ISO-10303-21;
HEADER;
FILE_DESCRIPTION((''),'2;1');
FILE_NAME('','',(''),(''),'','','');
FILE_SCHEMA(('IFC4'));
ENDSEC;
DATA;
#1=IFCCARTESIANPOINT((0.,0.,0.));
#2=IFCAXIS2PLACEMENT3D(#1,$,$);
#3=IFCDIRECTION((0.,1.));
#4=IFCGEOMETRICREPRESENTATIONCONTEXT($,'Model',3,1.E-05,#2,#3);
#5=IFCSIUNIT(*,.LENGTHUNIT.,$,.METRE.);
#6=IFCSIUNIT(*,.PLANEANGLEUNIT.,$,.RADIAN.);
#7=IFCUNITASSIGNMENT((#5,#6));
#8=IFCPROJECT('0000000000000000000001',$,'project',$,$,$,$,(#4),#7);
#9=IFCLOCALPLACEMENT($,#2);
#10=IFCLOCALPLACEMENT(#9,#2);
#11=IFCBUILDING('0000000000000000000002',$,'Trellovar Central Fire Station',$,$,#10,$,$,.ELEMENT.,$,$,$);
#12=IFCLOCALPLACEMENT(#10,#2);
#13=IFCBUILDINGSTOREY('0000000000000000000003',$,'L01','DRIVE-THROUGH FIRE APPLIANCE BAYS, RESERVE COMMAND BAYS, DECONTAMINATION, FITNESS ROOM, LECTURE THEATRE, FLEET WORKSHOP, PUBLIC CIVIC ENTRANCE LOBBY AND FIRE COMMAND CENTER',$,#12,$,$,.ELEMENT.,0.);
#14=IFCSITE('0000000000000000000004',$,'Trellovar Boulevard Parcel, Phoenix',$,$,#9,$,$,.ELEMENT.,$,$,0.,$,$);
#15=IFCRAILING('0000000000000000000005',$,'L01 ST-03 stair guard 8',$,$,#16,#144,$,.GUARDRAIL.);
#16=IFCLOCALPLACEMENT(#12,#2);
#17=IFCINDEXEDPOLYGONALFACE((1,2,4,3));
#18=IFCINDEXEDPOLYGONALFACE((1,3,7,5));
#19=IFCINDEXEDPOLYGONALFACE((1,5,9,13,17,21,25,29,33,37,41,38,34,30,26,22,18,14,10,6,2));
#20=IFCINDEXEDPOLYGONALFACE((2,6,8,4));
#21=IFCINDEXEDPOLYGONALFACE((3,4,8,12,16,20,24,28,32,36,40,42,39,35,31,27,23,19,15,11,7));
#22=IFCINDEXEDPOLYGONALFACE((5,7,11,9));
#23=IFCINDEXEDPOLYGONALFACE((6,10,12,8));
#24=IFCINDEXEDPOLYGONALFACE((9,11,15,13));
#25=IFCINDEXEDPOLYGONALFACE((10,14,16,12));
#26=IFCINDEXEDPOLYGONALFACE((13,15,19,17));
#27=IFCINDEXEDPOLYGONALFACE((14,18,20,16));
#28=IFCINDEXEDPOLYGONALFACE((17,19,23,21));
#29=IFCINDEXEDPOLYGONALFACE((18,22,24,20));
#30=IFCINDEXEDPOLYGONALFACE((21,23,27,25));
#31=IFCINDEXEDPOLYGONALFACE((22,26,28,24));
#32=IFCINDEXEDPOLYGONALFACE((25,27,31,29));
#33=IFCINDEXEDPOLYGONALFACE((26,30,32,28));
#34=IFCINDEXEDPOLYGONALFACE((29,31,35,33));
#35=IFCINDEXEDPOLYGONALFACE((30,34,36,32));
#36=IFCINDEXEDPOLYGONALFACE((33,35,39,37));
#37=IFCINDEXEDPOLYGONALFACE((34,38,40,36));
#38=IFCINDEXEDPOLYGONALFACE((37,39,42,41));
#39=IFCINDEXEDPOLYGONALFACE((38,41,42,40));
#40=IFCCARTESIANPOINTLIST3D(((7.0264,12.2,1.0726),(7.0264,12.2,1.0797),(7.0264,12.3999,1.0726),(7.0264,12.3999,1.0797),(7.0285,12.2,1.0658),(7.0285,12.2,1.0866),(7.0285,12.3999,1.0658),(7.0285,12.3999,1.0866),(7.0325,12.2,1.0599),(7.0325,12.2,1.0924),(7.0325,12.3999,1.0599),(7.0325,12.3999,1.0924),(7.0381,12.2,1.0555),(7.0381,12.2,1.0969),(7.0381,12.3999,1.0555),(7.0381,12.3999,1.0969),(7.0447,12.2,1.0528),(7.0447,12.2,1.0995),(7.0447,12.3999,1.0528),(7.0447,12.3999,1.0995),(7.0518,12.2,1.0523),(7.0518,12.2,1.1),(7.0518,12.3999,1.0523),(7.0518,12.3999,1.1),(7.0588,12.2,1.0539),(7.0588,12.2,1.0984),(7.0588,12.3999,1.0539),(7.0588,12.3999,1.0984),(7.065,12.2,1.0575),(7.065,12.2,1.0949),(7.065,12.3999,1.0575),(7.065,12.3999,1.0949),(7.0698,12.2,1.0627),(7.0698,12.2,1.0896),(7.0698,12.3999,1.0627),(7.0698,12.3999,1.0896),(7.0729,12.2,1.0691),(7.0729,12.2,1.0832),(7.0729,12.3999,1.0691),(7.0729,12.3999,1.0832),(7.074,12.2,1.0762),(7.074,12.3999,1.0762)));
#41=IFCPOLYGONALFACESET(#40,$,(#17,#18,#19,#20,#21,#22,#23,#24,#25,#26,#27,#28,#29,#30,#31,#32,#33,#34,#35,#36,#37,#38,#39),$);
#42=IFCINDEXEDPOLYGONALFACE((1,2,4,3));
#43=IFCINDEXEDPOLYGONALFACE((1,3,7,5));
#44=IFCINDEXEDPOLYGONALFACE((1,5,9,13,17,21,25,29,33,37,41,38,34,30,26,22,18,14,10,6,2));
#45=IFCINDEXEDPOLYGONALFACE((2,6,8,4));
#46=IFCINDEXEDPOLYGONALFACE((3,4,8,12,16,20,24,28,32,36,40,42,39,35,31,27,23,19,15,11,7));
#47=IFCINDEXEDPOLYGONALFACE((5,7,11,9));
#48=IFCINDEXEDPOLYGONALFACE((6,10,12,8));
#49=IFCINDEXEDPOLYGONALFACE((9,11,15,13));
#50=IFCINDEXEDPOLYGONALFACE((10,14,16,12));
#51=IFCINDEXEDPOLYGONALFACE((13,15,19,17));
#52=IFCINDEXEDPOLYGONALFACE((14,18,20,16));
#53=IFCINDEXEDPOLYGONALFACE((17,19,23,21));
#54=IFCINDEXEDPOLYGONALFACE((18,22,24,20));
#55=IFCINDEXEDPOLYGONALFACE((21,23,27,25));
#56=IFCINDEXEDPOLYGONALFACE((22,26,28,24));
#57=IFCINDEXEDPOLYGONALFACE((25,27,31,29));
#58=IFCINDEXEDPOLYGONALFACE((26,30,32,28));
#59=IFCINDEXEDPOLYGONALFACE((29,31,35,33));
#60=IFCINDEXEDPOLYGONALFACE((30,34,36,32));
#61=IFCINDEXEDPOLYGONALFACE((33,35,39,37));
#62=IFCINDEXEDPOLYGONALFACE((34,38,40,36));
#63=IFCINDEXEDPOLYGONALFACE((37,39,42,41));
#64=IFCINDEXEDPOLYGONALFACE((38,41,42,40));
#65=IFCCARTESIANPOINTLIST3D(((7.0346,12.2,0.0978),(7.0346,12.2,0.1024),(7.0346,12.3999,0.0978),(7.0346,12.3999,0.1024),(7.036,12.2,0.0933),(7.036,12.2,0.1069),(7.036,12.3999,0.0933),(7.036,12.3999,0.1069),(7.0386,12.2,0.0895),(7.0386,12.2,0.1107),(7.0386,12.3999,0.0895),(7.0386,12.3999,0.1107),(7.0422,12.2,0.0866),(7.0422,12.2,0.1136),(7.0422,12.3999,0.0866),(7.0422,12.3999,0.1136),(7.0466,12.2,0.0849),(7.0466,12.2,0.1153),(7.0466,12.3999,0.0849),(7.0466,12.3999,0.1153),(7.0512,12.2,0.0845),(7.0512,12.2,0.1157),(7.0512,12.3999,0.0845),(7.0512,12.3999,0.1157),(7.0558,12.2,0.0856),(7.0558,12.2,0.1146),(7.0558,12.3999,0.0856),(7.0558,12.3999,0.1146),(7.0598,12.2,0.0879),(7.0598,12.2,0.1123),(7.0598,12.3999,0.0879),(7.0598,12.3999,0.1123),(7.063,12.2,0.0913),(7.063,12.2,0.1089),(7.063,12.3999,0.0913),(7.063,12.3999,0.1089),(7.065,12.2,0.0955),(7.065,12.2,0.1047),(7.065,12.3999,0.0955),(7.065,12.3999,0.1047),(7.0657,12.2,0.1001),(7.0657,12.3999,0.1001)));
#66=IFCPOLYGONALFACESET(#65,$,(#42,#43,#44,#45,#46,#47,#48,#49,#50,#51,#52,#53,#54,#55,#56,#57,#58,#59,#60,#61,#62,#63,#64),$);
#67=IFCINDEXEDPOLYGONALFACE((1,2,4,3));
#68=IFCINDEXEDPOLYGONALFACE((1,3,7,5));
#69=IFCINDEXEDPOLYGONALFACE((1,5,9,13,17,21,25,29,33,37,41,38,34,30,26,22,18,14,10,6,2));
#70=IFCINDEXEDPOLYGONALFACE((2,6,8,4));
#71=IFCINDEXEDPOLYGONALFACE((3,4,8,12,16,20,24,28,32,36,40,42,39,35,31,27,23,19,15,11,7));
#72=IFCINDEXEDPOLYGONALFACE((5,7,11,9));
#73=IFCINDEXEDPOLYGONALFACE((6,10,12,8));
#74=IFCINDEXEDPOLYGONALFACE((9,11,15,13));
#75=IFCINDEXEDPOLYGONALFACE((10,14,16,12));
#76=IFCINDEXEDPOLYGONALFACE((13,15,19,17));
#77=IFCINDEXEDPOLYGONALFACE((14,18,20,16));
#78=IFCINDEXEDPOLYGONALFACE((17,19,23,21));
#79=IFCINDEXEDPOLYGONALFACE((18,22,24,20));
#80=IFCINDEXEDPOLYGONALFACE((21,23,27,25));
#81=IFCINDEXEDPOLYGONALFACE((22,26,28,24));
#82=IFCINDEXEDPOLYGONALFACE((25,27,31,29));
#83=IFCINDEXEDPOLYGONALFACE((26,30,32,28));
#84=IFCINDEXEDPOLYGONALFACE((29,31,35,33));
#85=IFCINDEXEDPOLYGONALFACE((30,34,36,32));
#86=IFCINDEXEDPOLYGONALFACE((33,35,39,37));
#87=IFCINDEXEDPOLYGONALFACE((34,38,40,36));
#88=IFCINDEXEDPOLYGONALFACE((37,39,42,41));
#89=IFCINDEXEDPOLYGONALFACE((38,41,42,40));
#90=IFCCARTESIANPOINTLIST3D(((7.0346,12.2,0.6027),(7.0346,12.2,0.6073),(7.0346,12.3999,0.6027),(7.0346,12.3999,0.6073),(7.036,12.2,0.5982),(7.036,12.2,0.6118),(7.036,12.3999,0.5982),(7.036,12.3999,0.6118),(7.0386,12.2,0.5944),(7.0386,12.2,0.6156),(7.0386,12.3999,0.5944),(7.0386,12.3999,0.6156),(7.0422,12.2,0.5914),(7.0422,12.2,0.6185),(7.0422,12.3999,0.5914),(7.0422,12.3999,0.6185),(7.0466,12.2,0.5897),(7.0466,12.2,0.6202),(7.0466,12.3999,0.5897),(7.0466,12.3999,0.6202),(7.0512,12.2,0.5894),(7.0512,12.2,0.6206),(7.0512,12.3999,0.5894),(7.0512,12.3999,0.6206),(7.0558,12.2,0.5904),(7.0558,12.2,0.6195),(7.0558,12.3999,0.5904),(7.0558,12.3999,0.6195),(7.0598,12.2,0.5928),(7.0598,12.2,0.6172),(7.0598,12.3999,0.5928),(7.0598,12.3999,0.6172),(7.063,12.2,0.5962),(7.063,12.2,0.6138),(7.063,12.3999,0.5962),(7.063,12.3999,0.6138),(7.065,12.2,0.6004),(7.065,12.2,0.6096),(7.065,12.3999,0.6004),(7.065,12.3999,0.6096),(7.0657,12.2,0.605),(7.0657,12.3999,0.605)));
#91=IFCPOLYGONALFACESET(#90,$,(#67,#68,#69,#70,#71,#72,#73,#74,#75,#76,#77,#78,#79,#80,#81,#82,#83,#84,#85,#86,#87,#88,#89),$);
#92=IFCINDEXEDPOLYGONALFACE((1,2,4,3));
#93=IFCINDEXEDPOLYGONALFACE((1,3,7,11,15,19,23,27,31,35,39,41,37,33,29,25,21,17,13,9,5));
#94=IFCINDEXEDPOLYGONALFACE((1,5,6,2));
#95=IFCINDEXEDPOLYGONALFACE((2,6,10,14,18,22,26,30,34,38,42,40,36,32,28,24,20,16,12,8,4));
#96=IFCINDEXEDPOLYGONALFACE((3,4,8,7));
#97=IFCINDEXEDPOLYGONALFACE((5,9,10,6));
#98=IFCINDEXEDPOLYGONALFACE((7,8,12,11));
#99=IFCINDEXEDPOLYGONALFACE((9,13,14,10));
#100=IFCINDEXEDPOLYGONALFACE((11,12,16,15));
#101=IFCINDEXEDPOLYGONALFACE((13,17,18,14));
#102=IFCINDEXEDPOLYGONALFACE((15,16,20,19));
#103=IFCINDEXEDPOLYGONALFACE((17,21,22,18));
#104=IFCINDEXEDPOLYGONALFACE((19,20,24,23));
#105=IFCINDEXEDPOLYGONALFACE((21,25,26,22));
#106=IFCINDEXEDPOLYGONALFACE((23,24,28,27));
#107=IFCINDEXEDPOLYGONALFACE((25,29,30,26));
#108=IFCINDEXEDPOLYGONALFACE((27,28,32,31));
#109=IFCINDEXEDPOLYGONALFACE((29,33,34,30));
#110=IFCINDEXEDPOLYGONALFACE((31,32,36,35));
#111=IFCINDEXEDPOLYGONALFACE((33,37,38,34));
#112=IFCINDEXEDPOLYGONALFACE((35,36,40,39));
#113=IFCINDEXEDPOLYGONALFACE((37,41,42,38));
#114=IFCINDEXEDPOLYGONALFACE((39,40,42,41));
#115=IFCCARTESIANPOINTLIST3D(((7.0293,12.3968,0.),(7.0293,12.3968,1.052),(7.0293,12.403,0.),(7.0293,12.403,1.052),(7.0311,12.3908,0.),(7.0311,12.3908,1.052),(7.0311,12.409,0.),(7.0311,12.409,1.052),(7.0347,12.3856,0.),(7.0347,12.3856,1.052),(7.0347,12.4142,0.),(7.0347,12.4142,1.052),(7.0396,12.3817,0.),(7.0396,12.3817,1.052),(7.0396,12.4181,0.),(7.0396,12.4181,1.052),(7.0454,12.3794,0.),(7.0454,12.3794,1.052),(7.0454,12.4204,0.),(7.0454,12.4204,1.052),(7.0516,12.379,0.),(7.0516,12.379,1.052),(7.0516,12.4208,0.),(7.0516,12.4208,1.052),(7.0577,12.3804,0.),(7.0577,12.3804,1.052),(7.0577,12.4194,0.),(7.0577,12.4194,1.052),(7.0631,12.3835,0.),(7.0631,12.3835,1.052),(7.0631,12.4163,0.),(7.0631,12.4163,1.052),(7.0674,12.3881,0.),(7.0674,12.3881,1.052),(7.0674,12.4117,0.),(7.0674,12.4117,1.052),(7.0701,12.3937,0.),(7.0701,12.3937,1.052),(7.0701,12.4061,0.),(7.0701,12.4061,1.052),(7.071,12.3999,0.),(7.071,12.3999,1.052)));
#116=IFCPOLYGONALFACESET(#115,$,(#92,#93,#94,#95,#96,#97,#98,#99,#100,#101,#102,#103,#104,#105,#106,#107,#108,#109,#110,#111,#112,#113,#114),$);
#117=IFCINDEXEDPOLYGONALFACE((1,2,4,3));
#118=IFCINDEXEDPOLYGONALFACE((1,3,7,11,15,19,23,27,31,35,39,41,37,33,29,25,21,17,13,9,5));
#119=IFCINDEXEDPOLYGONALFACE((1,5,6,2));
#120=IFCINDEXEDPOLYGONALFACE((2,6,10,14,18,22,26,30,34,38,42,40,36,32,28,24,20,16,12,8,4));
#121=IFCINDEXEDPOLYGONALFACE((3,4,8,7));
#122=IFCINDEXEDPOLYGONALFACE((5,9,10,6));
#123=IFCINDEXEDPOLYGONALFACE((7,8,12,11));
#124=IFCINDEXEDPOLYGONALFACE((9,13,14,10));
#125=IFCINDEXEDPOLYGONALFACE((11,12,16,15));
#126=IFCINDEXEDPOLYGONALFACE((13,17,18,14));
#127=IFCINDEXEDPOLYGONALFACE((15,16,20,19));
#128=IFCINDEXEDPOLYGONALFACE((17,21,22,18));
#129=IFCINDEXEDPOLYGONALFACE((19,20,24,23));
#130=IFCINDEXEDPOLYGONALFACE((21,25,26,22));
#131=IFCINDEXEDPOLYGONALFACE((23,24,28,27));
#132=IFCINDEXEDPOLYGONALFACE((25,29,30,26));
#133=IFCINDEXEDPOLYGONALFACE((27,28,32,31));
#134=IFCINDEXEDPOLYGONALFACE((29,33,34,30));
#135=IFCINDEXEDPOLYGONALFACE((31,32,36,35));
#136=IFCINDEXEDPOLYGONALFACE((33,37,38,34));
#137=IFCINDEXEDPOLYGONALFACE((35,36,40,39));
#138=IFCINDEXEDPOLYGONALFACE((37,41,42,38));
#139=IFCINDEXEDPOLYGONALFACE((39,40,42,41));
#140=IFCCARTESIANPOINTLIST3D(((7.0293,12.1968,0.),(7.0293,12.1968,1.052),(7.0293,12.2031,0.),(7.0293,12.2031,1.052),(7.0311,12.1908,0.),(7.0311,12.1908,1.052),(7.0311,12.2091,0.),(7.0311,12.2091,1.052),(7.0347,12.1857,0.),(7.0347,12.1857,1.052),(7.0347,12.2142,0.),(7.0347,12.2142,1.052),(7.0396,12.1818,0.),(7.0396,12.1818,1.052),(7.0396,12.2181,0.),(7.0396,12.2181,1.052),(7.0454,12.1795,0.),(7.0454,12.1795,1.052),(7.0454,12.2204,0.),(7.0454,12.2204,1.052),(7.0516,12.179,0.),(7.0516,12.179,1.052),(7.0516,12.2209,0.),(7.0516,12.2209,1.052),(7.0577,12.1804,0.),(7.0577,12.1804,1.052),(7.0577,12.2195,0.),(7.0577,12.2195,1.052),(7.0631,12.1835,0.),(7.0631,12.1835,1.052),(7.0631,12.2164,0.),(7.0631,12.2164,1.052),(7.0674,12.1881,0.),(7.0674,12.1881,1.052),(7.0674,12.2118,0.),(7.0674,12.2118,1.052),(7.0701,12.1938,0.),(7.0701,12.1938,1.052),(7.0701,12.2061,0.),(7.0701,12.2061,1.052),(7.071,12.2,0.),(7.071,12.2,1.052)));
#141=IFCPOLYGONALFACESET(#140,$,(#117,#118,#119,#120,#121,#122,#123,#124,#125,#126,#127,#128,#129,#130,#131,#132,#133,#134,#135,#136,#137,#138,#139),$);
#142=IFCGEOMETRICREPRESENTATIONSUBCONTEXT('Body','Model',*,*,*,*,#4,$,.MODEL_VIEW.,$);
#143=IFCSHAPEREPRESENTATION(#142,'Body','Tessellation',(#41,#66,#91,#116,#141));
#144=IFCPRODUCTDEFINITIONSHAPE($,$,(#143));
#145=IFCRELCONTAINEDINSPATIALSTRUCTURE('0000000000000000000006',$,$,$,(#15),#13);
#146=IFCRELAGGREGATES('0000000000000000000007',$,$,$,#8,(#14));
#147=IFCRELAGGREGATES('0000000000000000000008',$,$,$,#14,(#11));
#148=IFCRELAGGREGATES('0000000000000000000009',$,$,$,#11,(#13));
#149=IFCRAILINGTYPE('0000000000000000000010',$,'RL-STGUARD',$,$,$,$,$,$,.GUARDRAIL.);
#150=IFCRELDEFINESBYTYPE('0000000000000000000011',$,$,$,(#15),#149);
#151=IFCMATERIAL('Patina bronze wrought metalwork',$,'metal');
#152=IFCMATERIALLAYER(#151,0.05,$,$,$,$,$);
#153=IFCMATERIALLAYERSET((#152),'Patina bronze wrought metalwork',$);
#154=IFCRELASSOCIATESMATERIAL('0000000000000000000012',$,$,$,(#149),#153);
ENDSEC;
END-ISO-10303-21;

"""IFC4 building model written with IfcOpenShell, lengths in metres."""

from ifc_helpers import new_model, si_unit, direction, frame, origin, origin_2d, place, context, subcontext, project, spatial, circle, extrude, material, layer, layer_set, type_object, element, save


model = new_model("IFC4")

# Units and contexts
model_context = context("Model", 3, precision=1e-05, world=origin(), true_north=direction((0.0, 1.0)))
body_context = subcontext(model_context, "Body", "Model", "MODEL_VIEW")
ifc_project = project(units=[si_unit("LENGTHUNIT", "METRE"), si_unit("PLANEANGLEUNIT", "RADIAN")], contexts=[model_context])

# Site, building, storey
site_placement = place(None, origin())
site = spatial("IfcSite", under=ifc_project, at=site_placement, Name="Trellovar Boulevard Parcel, Phoenix", CompositionType="ELEMENT", RefElevation=0.0)
building_placement = place(site_placement, origin())
building = spatial("IfcBuilding", under=site, at=building_placement, Name="Trellovar Central Fire Station", CompositionType="ELEMENT")
storey_placement = place(building_placement, origin())
storey = spatial("IfcBuildingStorey", under=building, at=storey_placement, Name="L01", Description="DRIVE-THROUGH FIRE APPLIANCE BAYS, RESERVE COMMAND BAYS, DECONTAMINATION, FITNESS ROOM, LECTURE THEATRE, FLEET WORKSHOP, PUBLIC CIVIC ENTRANCE LOBBY AND FIRE COMMAND CENTER", CompositionType="ELEMENT", Elevation=0.0)

# Railing
ifc_material_1 = material(Name="Patina bronze wrought metalwork", Category="metal")
ifc_layer_1 = layer(ifc_material_1, 0.05)
ifc_layer_set_1 = layer_set([ifc_layer_1], Name="Patina bronze wrought metalwork")
railing_type = type_object("IfcRailingType", Name="RL-STGUARD", PredefinedType="GUARDRAIL", material=ifc_layer_set_1)
for number, where, name in (
    (1, (7.05, 12.3999, 0.0), "L01 ST-03 stair guard 8"),
):
    element("IfcRailing", number, at=place(storey_placement, frame(where)), inside=storey, type_object=railing_type, Name=name, PredefinedType="GUARDRAIL", context=body_context, shape_type="SweptSolid", body=[
        extrude(circle(Radius=0.0239, at=origin_2d()), frame((0.0, 0.0, 1.0762), z_axis=(0.0, -1.0, 0.0), x_axis=(1.0, 0.0, 0.0)), (0.0, 0.0, 1.0), 0.2),
        extrude(circle(Radius=0.0156, at=origin_2d()), frame((0.0, 0.0, 0.1001), z_axis=(0.0, -1.0, 0.0), x_axis=(1.0, 0.0, 0.0)), (0.0, 0.0, 1.0), 0.2),
        extrude(circle(Radius=0.0156, at=origin_2d()), frame((0.0, 0.0, 0.605), z_axis=(0.0, -1.0, 0.0), x_axis=(1.0, 0.0, 0.0)), (0.0, 0.0, 1.0), 0.2),
        extrude(circle(Radius=0.021, at=origin_2d()), origin(), (0.0, 0.0, 1.0), 1.052),
        extrude(circle(Radius=0.021, at=origin_2d()), frame((0.0, -0.2, 0.0)), (0.0, 0.0, 1.0), 1.052),
    ])

save(model, "model.ifc")
